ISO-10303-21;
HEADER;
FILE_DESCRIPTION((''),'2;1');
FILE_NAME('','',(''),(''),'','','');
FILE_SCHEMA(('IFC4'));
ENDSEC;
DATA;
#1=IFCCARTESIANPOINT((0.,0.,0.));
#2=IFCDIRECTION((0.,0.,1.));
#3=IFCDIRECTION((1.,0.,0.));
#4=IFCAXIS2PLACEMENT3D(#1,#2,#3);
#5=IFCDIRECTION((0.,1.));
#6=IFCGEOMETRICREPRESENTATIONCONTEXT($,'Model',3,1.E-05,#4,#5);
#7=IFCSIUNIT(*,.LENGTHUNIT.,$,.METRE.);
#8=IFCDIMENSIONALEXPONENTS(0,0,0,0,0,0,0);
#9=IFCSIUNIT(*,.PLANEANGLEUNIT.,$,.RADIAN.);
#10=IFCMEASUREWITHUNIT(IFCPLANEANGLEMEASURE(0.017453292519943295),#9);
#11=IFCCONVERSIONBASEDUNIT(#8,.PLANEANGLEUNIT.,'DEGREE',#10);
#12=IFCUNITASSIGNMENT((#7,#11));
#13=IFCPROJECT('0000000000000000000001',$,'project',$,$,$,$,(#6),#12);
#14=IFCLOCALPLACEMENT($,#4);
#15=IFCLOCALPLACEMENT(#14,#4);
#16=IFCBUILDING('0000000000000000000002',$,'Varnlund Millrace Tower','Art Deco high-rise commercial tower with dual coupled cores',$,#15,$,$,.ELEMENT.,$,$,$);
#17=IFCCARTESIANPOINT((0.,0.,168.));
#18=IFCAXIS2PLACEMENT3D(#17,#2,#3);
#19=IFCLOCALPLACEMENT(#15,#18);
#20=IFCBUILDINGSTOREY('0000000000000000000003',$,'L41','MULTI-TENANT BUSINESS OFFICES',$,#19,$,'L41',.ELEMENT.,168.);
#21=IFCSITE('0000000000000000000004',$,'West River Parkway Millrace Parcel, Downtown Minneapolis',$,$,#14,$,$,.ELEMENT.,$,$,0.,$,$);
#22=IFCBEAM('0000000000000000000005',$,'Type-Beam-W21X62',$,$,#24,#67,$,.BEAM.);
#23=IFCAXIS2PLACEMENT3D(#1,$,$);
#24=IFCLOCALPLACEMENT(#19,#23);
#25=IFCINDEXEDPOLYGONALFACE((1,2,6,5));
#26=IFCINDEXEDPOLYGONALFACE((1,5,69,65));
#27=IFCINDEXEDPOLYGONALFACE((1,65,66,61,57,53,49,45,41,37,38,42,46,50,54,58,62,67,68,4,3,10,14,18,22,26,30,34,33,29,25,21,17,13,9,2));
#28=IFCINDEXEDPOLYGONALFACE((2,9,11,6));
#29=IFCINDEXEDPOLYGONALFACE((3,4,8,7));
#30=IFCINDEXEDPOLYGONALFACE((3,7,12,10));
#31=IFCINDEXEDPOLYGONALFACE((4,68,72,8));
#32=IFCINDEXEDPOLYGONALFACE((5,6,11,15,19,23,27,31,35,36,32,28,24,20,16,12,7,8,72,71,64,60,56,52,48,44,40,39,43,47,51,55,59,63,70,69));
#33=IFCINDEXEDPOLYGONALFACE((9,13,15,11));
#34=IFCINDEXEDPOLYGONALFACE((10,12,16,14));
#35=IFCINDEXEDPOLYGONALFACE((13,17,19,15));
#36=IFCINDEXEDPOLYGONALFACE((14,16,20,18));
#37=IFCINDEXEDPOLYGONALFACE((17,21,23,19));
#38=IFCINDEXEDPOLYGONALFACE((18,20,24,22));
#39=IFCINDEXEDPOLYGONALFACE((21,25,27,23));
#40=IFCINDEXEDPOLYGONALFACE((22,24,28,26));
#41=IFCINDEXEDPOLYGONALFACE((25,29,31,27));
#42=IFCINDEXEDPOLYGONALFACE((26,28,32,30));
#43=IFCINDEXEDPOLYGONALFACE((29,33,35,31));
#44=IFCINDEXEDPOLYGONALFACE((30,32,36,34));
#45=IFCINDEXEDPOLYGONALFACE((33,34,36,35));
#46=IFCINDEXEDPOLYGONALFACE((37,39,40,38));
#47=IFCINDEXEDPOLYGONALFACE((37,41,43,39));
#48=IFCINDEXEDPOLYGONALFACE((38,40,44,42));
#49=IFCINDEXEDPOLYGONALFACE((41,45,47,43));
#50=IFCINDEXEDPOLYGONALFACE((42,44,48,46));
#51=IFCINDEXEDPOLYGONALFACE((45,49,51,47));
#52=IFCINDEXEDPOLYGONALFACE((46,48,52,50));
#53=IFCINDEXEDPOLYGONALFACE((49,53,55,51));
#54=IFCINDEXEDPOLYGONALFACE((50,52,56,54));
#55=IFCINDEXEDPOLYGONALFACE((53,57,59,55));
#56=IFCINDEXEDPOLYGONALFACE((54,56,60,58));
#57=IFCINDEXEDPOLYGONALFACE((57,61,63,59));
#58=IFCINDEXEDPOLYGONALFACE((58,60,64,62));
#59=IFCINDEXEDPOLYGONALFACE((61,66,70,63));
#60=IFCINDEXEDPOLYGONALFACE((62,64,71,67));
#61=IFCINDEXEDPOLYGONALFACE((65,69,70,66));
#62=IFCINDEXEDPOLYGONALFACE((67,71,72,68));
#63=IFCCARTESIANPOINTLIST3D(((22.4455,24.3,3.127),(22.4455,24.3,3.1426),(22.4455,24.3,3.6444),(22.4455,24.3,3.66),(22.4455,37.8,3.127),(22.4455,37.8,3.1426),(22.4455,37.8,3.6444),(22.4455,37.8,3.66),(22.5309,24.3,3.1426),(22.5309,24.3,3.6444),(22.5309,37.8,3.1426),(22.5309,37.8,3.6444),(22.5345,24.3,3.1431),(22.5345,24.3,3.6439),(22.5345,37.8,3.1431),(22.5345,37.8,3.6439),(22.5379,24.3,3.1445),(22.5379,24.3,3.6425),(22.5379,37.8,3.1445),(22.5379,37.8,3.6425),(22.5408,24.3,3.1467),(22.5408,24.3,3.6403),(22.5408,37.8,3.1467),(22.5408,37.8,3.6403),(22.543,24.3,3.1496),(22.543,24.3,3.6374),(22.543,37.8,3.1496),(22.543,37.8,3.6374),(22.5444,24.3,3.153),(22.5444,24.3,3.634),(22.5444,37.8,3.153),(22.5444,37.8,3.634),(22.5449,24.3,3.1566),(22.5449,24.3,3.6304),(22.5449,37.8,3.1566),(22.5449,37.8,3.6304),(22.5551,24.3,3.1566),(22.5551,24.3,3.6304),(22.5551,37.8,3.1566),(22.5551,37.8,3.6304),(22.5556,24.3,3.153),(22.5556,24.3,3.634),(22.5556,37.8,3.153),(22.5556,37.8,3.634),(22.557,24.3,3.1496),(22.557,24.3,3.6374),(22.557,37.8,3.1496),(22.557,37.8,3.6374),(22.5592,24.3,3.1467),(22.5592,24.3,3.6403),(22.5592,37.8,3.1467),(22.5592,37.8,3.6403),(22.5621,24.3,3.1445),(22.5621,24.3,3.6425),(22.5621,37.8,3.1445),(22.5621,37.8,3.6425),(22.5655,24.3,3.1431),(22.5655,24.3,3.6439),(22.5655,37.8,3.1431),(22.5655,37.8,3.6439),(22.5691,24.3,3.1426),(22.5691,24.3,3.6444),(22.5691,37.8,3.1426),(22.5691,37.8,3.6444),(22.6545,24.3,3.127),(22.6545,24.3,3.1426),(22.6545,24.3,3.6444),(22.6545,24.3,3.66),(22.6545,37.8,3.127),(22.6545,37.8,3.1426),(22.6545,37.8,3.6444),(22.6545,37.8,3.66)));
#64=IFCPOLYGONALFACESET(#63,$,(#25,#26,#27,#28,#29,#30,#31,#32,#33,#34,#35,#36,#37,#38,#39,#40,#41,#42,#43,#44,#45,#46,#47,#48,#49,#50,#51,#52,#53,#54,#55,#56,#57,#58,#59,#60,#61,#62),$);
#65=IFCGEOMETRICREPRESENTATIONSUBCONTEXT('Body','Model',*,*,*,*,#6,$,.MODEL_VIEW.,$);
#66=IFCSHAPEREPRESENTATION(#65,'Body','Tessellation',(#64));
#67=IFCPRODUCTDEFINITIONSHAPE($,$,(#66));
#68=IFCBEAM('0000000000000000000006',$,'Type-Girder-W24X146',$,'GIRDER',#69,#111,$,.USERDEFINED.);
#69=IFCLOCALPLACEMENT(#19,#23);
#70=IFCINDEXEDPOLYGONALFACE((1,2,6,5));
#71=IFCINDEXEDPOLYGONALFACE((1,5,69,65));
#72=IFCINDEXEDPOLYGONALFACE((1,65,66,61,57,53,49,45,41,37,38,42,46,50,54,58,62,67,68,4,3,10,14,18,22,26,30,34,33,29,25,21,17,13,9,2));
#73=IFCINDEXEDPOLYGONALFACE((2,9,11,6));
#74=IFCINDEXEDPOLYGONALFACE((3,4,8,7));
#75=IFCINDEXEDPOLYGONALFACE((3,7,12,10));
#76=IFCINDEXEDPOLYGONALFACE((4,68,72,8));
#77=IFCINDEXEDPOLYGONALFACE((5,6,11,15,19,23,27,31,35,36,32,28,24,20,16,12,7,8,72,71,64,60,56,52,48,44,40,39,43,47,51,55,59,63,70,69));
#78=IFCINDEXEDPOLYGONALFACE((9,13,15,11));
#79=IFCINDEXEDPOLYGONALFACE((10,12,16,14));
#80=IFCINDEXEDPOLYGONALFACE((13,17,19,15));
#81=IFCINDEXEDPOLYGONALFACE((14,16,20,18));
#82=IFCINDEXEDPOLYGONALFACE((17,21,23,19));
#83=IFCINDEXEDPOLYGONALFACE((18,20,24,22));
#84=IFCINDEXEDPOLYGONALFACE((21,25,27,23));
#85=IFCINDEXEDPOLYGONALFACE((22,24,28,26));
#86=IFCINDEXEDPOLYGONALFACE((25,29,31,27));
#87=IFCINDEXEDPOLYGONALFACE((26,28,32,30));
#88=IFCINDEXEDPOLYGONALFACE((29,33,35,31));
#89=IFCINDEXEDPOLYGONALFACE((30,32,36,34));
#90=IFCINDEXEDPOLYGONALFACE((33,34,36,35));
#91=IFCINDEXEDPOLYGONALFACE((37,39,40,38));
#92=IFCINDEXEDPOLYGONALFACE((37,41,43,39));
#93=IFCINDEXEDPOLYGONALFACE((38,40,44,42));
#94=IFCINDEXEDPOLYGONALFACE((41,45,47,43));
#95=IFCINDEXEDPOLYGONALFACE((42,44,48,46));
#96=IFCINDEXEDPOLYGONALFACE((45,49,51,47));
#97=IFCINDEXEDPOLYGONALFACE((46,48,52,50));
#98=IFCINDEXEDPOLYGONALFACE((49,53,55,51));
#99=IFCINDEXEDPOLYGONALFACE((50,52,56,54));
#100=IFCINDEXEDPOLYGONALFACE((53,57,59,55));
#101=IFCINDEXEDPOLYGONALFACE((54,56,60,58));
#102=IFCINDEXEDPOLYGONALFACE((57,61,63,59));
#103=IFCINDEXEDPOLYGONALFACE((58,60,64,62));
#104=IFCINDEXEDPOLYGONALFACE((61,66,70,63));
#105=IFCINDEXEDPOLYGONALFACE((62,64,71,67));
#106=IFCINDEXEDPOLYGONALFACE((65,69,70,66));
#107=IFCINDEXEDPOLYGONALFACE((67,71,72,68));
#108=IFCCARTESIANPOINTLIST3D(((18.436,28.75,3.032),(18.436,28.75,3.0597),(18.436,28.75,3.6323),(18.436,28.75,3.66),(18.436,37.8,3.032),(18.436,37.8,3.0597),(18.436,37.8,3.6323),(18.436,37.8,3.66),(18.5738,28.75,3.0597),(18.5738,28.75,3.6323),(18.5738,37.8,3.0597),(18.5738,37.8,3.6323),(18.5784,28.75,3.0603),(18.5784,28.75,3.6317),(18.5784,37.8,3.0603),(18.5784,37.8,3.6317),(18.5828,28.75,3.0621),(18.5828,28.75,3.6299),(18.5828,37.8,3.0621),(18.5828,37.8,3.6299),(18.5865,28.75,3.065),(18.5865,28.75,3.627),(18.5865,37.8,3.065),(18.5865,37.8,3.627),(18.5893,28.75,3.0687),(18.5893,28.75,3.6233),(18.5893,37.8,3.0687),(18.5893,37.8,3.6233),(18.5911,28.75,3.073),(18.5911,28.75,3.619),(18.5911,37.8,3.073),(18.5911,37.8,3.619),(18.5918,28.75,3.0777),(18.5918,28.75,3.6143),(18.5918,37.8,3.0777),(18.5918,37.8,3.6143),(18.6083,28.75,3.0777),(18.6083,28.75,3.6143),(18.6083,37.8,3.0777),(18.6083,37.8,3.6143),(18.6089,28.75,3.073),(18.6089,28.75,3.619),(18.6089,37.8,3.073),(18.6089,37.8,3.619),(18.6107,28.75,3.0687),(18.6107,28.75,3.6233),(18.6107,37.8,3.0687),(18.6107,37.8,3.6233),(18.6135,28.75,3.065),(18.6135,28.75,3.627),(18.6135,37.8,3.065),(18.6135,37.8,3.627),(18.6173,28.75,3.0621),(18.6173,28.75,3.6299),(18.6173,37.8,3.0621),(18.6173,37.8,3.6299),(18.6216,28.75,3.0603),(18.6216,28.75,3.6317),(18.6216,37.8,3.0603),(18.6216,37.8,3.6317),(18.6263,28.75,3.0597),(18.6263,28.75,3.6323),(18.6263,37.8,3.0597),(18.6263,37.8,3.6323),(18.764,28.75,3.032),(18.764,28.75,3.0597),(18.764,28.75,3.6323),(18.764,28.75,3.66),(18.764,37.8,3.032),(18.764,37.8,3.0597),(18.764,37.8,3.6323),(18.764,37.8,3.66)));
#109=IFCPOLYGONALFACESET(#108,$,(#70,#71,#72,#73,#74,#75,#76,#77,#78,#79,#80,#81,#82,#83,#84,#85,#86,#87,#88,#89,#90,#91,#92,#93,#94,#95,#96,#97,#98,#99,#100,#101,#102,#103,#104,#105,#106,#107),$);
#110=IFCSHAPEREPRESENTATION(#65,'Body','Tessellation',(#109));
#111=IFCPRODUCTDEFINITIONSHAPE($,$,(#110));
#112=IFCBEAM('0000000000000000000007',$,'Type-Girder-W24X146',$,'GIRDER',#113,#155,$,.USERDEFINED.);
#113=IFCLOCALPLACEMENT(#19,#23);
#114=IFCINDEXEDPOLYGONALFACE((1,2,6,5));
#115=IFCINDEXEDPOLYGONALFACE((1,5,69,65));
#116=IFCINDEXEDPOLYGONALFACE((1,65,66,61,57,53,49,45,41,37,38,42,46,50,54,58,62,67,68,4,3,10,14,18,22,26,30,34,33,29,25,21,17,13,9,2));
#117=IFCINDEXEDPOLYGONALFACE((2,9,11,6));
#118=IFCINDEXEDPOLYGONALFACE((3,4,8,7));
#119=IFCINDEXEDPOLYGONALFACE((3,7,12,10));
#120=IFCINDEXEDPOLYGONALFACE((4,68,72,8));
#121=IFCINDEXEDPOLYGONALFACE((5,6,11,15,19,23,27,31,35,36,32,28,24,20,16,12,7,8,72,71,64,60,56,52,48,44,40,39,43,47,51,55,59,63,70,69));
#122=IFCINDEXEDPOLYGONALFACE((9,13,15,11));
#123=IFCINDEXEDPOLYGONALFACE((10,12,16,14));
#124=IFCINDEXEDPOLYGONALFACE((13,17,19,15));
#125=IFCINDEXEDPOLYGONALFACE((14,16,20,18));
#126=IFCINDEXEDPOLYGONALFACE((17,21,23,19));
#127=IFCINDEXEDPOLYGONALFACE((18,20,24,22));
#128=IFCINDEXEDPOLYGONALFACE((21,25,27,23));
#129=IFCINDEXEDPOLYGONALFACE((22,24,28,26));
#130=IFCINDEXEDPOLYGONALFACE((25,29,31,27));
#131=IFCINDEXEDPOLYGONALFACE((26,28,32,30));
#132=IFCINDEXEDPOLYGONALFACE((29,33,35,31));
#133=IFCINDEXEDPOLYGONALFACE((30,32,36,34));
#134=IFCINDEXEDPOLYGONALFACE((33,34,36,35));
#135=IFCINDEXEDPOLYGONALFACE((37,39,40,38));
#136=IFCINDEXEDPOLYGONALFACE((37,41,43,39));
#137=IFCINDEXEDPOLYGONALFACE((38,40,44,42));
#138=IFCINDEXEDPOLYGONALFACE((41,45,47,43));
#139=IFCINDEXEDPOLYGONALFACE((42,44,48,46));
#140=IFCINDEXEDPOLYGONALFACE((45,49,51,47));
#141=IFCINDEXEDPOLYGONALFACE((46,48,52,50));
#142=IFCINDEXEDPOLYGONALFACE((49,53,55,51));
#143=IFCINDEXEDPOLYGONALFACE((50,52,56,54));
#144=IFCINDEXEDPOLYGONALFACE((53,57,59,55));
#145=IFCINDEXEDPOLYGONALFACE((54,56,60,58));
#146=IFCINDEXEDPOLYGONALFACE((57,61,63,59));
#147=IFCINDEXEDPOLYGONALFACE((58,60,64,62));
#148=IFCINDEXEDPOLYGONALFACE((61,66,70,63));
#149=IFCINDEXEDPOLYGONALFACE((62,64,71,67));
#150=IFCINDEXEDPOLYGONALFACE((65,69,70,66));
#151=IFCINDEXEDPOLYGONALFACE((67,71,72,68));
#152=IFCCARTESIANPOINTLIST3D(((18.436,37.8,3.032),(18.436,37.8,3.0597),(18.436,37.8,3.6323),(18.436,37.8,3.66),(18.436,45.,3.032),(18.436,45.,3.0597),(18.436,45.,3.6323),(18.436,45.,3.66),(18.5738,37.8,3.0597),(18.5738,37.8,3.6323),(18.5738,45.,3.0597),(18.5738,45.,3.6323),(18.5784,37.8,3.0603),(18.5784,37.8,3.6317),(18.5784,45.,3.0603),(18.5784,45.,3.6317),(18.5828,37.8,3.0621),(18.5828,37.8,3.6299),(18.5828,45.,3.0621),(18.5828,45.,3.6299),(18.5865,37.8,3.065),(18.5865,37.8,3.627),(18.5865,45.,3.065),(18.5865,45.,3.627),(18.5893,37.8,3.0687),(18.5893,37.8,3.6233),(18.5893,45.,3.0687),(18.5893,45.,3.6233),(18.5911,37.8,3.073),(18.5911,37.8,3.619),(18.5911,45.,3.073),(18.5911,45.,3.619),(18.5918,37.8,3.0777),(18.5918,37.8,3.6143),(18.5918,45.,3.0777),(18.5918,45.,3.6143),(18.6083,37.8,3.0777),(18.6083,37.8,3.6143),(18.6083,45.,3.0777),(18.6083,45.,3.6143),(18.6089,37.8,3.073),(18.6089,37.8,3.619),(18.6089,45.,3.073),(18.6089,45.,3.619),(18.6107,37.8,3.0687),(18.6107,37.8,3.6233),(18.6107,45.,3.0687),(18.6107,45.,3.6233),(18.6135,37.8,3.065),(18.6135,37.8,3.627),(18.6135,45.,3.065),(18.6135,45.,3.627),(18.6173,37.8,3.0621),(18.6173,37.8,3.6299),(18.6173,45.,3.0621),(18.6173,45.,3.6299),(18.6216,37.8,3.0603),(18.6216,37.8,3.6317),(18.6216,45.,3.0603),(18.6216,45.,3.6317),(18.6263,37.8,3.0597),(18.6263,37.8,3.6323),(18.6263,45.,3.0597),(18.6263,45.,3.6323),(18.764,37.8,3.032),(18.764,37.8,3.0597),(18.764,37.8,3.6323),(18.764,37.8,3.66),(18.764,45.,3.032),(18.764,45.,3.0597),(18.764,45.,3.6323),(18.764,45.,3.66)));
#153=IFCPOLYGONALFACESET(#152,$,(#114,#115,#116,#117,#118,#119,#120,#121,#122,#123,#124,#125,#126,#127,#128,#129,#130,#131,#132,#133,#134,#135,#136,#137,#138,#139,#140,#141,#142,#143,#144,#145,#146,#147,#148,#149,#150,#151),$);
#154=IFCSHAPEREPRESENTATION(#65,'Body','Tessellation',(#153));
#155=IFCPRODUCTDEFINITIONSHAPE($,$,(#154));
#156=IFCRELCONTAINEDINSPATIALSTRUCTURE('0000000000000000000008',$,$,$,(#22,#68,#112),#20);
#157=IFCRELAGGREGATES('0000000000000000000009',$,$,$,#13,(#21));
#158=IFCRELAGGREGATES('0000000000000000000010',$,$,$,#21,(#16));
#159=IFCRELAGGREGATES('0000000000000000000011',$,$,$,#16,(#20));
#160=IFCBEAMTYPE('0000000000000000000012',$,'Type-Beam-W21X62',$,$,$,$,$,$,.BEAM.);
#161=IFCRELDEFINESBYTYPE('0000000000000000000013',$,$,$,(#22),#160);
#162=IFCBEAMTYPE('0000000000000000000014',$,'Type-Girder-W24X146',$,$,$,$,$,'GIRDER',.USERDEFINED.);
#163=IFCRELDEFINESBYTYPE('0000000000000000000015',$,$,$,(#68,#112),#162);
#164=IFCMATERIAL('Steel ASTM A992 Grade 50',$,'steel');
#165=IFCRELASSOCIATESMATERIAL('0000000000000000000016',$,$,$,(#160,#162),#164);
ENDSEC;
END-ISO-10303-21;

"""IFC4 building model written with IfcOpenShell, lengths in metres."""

from ifc_helpers import new_model, entity, si_unit, converted_unit, direction, frame, origin_with_axes, origin_2d_with_axis, place, context, subcontext, project, spatial, i_section, extrude, material, material_profile, profile_set, type_object, element, save


model = new_model("IFC4")

# Units and contexts
model_context = context("Model", 3, precision=1e-05, world=origin_with_axes(), true_north=direction((0.0, 1.0)))
body_context = subcontext(model_context, "Body", "Model", "MODEL_VIEW")
ifc_project = project(units=[si_unit("LENGTHUNIT", "METRE"), converted_unit("PLANEANGLEUNIT", "DEGREE", entity("IfcPlaneAngleMeasure", 0.017453292519943295), si_unit("PLANEANGLEUNIT", "RADIAN"), dimensions=[0, 0, 0, 0, 0, 0, 0])], contexts=[model_context])

# Site, building, storey
site_placement = place(None, origin_with_axes())
site = spatial("IfcSite", under=ifc_project, at=site_placement, Name="West River Parkway Millrace Parcel, Downtown Minneapolis", CompositionType="ELEMENT", RefElevation=0.0)
building_placement = place(site_placement, origin_with_axes())
building = spatial("IfcBuilding", under=site, at=building_placement, Name="Varnlund Millrace Tower", Description="Art Deco high-rise commercial tower with dual coupled cores", CompositionType="ELEMENT")
storey_placement = place(building_placement, frame((0.0, 0.0, 168.0), z_axis=(0.0, 0.0, 1.0), x_axis=(1.0, 0.0, 0.0)))
storey = spatial("IfcBuildingStorey", under=building, at=storey_placement, Name="L41", Description="MULTI-TENANT BUSINESS OFFICES", LongName="L41", CompositionType="ELEMENT", Elevation=168.0)

# Beams
ifc_material_1 = material(Name="Steel ASTM A992 Grade 50", Category="steel")
ifc_material_profile_1 = material_profile(ifc_material_1, i_section(OverallWidth=0.209, OverallDepth=0.533, WebThickness=0.0102, FlangeThickness=0.0156, FilletRadius=0.014, at=origin_2d_with_axis()), Name="Steel ASTM A992 Grade 50")
ifc_profile_set_1 = profile_set([ifc_material_profile_1], Name="Steel ASTM A992 Grade 50")
beam_type_1 = type_object("IfcBeamType", Name="Type-Beam-W21X62", PredefinedType="BEAM", material=ifc_profile_set_1)
beam_1_placement = place(storey_placement, frame((22.55, 24.3, 3.3935), z_axis=(0.0, 1.0, 0.0), x_axis=(-1.0, 0.0, 0.0)))
element("IfcBeam", 1, at=beam_1_placement, inside=storey, type_object=beam_type_1, Name="Type-Beam-W21X62", PredefinedType="BEAM", context=body_context, shape_type="SweptSolid", body=[
    extrude(i_section(OverallWidth=0.209, OverallDepth=0.533, WebThickness=0.0102, FlangeThickness=0.0156, FilletRadius=0.014, at=origin_2d_with_axis()), origin_with_axes(), (0.0, 0.0, 1.0), 13.5),
])
ifc_material_profile_2 = material_profile(ifc_material_1, i_section(OverallWidth=0.328, OverallDepth=0.628, WebThickness=0.0165, FlangeThickness=0.0277, FilletRadius=0.018, at=origin_2d_with_axis()), Name="Steel ASTM A992 Grade 50")
ifc_profile_set_2 = profile_set([ifc_material_profile_2], Name="Steel ASTM A992 Grade 50")
beam_type_2 = type_object("IfcBeamType", Name="Type-Girder-W24X146", ElementType="GIRDER", PredefinedType="USERDEFINED", material=ifc_profile_set_2)
beam_2_placement = place(storey_placement, frame((18.6, 28.75, 3.346), z_axis=(0.0, 1.0, 0.0), x_axis=(-1.0, 0.0, 0.0)))
element("IfcBeam", 2, at=beam_2_placement, inside=storey, type_object=beam_type_2, Name="Type-Girder-W24X146", ObjectType="GIRDER", PredefinedType="USERDEFINED", context=body_context, shape_type="SweptSolid", body=[
    extrude(i_section(OverallWidth=0.328, OverallDepth=0.628, WebThickness=0.0165, FlangeThickness=0.0277, FilletRadius=0.018, at=origin_2d_with_axis()), origin_with_axes(), (0.0, 0.0, 1.0), 9.05),
])
beam_3_placement = place(storey_placement, frame((18.6, 37.8, 3.346), z_axis=(0.0, 1.0, 0.0), x_axis=(-1.0, 0.0, 0.0)))
element("IfcBeam", 3, at=beam_3_placement, inside=storey, type_object=beam_type_2, Name="Type-Girder-W24X146", ObjectType="GIRDER", PredefinedType="USERDEFINED", context=body_context, shape_type="SweptSolid", body=[
    extrude(i_section(OverallWidth=0.328, OverallDepth=0.628, WebThickness=0.0165, FlangeThickness=0.0277, FilletRadius=0.018, at=origin_2d_with_axis()), origin_with_axes(), (0.0, 0.0, 1.0), 7.2),
])

save(model, "model.ifc")
